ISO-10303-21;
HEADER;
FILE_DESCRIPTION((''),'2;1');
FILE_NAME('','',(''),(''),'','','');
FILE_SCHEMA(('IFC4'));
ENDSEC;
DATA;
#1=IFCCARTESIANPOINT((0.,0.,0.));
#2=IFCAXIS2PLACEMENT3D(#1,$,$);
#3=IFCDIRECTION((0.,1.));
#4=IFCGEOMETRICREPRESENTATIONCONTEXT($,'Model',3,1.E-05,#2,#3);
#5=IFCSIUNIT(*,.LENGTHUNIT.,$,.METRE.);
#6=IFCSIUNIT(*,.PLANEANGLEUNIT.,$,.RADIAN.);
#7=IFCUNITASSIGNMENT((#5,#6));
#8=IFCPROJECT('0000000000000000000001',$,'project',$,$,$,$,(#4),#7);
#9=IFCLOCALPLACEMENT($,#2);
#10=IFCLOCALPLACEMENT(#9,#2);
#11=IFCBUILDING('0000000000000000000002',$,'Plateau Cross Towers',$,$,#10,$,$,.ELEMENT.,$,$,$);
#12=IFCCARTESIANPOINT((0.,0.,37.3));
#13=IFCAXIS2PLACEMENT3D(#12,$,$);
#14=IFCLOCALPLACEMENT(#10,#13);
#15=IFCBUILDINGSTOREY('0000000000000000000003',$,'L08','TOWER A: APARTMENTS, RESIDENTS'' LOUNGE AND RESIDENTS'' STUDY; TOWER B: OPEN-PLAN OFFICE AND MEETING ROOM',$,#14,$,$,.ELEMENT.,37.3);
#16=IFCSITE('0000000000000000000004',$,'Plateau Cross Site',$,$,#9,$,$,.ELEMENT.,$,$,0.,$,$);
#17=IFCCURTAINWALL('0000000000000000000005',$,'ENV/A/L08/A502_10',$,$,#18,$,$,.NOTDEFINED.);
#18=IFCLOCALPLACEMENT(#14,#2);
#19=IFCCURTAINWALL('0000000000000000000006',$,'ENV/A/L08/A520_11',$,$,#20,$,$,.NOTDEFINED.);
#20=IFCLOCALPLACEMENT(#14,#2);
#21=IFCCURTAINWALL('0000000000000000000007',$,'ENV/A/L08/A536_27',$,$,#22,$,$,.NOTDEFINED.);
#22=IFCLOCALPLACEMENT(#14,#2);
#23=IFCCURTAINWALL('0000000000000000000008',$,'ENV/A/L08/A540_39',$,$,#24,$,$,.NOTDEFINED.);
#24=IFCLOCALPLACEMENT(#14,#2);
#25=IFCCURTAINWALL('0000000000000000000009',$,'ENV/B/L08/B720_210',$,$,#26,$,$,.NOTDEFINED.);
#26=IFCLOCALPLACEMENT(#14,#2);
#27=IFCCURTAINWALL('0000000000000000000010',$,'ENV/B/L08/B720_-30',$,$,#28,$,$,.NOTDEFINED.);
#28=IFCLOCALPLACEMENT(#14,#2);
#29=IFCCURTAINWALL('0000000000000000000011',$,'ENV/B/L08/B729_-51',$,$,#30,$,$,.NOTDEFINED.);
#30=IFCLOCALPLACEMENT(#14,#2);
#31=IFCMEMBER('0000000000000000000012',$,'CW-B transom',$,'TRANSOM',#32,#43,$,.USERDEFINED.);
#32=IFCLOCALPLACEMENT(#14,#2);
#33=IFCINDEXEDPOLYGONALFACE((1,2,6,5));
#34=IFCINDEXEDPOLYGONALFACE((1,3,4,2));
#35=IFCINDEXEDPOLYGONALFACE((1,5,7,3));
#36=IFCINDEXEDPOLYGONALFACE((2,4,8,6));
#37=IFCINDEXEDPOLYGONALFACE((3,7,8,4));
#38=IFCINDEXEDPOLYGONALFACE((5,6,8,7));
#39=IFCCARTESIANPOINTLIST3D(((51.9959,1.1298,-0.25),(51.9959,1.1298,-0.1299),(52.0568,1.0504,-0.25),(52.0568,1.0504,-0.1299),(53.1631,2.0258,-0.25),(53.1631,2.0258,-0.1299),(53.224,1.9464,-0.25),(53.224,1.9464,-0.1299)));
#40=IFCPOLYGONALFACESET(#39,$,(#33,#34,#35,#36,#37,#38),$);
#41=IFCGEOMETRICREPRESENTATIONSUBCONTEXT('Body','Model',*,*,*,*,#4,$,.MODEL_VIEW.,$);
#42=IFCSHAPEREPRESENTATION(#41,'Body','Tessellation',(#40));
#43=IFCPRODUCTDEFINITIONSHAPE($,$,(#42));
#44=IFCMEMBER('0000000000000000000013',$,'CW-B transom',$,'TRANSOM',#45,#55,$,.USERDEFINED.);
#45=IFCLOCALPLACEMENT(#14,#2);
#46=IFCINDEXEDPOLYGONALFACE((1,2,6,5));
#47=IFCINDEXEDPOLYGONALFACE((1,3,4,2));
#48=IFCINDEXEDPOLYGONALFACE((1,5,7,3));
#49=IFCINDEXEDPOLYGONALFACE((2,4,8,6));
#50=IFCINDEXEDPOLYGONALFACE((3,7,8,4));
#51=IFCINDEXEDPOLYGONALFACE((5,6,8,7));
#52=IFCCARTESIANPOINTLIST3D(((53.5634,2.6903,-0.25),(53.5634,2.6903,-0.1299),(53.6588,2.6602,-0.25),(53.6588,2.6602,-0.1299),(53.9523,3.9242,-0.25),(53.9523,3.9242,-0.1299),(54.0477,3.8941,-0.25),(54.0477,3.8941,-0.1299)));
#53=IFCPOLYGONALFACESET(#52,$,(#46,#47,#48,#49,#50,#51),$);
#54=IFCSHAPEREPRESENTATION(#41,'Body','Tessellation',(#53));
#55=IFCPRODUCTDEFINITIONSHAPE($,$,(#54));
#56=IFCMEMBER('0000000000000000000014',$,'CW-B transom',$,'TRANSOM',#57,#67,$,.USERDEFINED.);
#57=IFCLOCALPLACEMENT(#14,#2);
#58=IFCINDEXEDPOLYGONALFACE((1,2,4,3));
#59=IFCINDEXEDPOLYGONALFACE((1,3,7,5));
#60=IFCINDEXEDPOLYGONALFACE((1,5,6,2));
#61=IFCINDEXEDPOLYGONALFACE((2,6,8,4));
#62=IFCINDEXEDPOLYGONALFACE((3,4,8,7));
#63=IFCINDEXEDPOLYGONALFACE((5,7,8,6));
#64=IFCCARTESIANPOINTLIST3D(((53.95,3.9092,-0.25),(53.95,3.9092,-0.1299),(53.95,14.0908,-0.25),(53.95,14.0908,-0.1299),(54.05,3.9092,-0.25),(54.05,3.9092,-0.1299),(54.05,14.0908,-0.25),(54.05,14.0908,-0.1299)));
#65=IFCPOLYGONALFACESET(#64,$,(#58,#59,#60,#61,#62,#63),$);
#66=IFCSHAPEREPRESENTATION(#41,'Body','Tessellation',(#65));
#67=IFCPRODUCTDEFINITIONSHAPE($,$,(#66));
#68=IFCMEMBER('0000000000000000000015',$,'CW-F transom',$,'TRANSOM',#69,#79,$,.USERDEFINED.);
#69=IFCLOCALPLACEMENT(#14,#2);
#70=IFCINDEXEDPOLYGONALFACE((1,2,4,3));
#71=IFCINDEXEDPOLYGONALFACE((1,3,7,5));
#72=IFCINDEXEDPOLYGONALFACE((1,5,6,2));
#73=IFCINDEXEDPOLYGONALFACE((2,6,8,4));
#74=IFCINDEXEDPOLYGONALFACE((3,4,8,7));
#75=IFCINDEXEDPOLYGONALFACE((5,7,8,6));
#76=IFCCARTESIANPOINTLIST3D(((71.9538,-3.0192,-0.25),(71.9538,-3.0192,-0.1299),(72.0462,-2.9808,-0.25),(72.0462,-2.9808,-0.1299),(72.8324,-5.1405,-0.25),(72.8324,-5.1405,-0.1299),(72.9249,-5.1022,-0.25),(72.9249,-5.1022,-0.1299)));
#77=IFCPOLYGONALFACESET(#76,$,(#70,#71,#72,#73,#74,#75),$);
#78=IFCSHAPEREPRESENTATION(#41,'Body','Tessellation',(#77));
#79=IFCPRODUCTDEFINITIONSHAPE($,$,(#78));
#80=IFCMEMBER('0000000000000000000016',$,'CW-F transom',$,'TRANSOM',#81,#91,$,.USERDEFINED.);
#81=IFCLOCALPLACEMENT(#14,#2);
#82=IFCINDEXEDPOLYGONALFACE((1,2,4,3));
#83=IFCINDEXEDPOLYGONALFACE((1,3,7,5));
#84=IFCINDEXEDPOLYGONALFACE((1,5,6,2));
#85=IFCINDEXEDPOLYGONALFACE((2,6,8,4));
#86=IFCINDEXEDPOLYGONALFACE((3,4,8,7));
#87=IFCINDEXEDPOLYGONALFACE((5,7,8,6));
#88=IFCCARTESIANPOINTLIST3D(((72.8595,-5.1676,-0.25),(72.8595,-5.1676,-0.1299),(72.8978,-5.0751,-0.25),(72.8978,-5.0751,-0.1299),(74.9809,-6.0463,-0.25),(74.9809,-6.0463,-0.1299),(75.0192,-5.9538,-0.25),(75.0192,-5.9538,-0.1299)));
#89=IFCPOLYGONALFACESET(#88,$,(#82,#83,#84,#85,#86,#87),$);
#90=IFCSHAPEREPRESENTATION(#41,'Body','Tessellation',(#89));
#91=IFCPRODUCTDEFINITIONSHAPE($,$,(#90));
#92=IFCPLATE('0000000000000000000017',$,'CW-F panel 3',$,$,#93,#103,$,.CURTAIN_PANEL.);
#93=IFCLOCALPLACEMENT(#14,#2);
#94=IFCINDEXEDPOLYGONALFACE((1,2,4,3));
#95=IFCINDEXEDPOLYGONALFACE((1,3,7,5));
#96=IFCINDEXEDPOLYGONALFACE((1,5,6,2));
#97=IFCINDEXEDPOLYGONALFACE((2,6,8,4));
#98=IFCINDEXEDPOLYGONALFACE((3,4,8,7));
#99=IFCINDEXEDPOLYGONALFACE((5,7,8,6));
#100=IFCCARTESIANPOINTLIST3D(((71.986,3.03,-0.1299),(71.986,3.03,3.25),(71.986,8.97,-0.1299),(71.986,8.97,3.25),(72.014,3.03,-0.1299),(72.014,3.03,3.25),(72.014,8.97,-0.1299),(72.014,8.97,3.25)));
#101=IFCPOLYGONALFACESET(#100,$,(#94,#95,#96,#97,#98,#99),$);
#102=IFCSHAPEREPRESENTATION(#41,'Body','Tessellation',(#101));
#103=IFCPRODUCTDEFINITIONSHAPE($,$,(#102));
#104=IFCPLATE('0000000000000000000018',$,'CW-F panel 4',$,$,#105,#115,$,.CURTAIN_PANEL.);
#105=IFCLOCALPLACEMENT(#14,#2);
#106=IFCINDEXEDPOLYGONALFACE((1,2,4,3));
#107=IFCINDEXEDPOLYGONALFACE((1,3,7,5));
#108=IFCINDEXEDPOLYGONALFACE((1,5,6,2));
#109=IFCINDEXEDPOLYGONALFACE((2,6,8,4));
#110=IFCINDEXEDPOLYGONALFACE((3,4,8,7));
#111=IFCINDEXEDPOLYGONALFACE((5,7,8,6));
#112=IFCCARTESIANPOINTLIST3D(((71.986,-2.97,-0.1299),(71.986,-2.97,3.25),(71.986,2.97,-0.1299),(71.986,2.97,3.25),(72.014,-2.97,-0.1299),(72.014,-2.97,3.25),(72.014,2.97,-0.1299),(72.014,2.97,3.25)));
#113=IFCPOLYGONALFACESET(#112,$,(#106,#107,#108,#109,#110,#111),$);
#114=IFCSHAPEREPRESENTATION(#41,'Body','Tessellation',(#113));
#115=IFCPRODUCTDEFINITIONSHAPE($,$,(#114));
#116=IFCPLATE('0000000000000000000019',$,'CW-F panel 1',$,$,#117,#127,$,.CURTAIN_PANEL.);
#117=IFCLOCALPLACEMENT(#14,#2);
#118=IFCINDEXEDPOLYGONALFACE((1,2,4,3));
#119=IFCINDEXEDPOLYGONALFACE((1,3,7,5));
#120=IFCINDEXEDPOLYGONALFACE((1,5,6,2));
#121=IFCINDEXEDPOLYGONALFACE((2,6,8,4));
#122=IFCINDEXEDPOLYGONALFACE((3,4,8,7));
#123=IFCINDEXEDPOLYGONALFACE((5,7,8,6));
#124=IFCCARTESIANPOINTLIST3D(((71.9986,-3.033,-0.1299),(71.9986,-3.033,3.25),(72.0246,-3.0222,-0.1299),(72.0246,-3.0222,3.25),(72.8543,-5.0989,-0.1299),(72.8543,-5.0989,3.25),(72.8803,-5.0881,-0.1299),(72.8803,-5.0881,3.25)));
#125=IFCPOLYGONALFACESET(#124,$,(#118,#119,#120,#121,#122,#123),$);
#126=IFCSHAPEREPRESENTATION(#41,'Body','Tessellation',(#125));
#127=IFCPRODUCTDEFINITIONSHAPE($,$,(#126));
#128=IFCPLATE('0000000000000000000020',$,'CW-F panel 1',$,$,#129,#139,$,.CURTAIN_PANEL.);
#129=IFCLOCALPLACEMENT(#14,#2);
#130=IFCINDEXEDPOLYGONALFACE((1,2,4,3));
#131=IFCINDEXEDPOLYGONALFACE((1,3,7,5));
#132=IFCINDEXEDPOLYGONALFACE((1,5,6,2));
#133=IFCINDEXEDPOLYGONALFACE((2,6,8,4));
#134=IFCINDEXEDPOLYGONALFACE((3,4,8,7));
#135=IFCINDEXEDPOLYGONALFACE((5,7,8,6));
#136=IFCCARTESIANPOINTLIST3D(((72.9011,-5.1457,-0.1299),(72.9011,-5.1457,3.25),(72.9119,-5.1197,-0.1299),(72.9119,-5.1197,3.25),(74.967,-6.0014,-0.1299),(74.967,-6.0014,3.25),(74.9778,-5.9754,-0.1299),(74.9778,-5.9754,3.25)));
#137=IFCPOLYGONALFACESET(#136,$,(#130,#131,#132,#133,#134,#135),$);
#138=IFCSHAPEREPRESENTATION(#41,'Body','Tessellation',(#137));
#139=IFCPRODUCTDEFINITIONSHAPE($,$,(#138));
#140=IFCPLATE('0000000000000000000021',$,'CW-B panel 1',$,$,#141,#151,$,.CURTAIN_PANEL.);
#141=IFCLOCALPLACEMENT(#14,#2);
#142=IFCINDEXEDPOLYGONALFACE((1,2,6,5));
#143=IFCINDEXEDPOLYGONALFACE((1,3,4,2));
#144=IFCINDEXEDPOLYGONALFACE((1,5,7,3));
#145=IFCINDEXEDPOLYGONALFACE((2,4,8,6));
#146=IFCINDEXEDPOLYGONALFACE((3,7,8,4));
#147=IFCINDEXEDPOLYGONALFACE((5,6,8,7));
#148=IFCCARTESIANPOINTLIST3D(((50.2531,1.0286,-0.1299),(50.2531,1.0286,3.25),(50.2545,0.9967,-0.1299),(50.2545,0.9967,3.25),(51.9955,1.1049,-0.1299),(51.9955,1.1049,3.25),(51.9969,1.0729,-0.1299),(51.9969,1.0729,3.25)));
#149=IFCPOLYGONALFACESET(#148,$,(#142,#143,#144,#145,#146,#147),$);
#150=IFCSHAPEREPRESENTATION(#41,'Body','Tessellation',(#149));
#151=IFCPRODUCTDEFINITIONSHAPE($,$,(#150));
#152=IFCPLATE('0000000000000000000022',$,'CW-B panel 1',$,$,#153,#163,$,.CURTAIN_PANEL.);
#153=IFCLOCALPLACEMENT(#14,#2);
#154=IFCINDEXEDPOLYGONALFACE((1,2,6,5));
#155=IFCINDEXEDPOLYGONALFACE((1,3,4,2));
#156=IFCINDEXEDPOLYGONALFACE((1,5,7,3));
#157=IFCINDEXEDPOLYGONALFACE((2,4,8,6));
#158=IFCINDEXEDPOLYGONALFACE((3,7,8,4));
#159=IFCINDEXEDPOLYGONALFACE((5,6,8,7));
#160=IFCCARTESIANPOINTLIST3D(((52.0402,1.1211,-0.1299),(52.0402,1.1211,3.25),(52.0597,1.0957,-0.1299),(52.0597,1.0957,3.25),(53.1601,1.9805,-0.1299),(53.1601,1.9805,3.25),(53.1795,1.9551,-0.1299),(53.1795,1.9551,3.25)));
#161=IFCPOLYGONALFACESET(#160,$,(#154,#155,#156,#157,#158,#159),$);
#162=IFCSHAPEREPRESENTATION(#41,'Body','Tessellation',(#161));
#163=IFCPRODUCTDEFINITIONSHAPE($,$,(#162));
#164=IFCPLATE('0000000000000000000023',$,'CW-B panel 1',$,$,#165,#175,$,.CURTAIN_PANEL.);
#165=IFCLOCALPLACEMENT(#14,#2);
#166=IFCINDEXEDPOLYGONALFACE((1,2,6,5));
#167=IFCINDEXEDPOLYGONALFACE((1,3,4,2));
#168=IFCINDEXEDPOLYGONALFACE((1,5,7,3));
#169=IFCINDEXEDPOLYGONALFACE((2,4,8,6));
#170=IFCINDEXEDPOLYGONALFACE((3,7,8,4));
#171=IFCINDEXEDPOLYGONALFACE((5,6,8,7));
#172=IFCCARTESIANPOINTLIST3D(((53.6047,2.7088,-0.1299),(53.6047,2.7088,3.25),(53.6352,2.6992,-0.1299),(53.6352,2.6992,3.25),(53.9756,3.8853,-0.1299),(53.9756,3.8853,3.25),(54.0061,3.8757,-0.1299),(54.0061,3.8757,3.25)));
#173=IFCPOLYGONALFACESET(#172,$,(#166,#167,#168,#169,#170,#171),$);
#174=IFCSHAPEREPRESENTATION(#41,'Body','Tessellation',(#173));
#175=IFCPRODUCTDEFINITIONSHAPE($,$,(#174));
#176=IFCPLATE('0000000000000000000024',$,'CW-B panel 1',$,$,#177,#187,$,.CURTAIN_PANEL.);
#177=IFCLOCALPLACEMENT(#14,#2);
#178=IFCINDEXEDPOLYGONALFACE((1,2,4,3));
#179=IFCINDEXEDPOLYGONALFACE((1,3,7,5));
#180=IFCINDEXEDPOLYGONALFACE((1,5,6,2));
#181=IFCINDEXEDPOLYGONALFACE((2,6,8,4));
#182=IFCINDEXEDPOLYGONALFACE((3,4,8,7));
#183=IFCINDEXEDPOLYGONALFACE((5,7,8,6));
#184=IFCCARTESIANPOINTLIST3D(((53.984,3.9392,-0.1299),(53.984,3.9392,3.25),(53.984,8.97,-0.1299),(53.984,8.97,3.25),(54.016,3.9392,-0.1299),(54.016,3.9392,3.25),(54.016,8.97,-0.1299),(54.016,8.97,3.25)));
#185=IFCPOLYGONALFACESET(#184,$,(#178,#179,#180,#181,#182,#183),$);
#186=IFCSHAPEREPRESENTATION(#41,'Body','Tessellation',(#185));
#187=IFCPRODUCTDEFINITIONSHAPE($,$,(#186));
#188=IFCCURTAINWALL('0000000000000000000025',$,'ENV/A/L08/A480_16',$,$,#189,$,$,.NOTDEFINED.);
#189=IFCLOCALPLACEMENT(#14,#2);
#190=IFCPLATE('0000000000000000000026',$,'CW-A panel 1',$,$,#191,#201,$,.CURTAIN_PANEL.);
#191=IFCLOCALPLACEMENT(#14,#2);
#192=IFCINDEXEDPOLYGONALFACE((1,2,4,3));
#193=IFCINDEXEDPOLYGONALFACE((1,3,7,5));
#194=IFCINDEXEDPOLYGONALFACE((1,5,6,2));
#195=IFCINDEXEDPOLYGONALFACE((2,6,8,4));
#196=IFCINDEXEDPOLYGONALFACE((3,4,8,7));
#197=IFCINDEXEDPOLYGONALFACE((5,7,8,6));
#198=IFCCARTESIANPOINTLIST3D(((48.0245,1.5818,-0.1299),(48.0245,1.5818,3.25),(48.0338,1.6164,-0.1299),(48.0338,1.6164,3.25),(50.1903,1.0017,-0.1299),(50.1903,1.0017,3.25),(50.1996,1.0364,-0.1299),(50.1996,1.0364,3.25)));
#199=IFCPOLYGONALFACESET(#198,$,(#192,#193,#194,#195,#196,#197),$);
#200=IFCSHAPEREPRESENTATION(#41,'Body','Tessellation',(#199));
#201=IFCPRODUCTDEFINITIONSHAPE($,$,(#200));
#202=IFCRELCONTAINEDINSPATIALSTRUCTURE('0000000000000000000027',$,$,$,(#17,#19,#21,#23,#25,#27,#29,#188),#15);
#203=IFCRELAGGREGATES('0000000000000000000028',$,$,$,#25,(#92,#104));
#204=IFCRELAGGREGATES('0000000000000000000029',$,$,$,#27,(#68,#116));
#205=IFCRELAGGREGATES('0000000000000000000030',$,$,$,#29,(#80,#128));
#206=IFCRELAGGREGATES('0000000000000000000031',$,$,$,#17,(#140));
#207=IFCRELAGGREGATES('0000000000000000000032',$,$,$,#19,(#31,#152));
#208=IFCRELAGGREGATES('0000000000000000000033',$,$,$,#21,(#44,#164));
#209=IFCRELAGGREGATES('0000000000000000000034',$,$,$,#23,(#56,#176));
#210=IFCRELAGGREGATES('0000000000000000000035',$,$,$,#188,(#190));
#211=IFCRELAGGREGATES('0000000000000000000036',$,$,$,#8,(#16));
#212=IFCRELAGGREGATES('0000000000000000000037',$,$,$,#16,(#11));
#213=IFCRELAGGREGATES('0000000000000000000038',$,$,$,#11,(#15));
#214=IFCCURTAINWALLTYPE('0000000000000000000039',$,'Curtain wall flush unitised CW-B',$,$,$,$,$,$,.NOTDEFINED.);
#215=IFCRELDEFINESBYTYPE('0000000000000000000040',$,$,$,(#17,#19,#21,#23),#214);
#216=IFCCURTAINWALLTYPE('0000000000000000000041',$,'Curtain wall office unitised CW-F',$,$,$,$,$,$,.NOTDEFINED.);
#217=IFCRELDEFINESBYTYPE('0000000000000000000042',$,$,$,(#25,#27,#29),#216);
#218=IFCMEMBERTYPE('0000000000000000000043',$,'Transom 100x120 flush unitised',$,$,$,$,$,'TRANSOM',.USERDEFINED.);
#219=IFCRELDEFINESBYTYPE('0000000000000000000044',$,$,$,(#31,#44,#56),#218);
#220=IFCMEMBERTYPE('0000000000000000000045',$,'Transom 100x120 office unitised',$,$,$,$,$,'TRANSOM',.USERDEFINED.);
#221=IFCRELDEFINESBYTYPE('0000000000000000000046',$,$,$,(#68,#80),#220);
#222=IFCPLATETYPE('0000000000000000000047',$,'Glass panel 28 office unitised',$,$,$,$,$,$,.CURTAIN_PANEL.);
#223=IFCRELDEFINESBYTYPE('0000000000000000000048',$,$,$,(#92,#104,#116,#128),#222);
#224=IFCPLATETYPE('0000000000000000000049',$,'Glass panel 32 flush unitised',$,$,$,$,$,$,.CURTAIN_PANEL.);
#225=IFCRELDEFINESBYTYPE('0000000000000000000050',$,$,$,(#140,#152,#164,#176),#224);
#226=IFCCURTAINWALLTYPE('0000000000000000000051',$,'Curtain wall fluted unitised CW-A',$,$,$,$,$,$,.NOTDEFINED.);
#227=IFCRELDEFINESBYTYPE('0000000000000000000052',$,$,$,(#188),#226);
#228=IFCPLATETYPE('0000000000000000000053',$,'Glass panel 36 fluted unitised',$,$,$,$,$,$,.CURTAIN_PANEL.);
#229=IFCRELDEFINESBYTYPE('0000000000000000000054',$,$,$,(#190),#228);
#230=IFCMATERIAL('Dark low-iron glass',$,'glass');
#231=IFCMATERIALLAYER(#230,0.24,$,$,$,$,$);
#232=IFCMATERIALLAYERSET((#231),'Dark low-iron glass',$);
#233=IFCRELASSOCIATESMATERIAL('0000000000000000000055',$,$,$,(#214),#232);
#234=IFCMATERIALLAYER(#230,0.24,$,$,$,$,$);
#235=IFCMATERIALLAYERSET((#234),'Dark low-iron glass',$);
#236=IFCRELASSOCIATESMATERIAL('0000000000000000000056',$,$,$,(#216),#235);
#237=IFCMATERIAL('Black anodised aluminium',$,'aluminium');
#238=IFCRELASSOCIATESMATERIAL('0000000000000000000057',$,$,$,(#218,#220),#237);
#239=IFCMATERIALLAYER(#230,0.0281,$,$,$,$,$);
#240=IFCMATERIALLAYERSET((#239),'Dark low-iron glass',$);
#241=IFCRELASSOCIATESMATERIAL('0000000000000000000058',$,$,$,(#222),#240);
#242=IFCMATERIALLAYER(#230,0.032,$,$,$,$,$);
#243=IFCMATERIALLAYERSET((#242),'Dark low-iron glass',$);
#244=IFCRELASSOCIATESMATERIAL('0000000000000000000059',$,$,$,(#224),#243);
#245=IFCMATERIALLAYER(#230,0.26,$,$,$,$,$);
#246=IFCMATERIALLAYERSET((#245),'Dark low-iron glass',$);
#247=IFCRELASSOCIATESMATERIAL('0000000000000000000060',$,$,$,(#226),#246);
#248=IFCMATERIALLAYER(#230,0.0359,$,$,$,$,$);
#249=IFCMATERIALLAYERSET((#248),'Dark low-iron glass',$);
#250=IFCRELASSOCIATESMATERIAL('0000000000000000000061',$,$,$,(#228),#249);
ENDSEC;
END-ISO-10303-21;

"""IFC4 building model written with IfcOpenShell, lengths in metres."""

from ifc_helpers import new_model, si_unit, direction, frame, origin, origin_2d, place, context, subcontext, project, spatial, rectangle, extrude, material, layer, layer_set, material_profile, profile_set, type_object, element, aggregate, save


model = new_model("IFC4")

# Units and contexts
model_context = context("Model", 3, precision=1e-05, world=origin(), true_north=direction((0.0, 1.0)))
body_context = subcontext(model_context, "Body", "Model", "MODEL_VIEW")
ifc_project = project(units=[si_unit("LENGTHUNIT", "METRE"), si_unit("PLANEANGLEUNIT", "RADIAN")], contexts=[model_context])

# Site, building, storey
site_placement = place(None, origin())
site = spatial("IfcSite", under=ifc_project, at=site_placement, Name="Plateau Cross Site", CompositionType="ELEMENT", RefElevation=0.0)
building_placement = place(site_placement, origin())
building = spatial("IfcBuilding", under=site, at=building_placement, Name="Plateau Cross Towers", CompositionType="ELEMENT")
storey_placement = place(building_placement, frame((0.0, 0.0, 37.3)))
storey = spatial("IfcBuildingStorey", under=building, at=storey_placement, Name="L08", Description="TOWER A: APARTMENTS, RESIDENTS' LOUNGE AND RESIDENTS' STUDY; TOWER B: OPEN-PLAN OFFICE AND MEETING ROOM", CompositionType="ELEMENT", Elevation=37.3)

# Curtain wall
ifc_material_1 = material(Name="Dark low-iron glass", Category="glass")
ifc_layer_1 = layer(ifc_material_1, 0.24)
ifc_layer_set_1 = layer_set([ifc_layer_1], Name="Dark low-iron glass")
curtain_wall_type_1 = type_object("IfcCurtainWallType", Name="Curtain wall flush unitised CW-B", PredefinedType="NOTDEFINED", material=ifc_layer_set_1)
curtain_wall_1_placement = place(storey_placement, origin())
curtain_wall_1 = element("IfcCurtainWall", 1, at=curtain_wall_1_placement, inside=storey, type_object=curtain_wall_type_1, Name="ENV/A/L08/A502_10", PredefinedType="NOTDEFINED")
ifc_material_2 = material(Name="Black anodised aluminium", Category="aluminium")

# Curtain wall
curtain_wall_2_placement = place(storey_placement, origin())
curtain_wall_2 = element("IfcCurtainWall", 2, at=curtain_wall_2_placement, inside=storey, type_object=curtain_wall_type_1, Name="ENV/A/L08/A520_11", PredefinedType="NOTDEFINED")

# Curtain wall
curtain_wall_3_placement = place(storey_placement, origin())
curtain_wall_3 = element("IfcCurtainWall", 3, at=curtain_wall_3_placement, inside=storey, type_object=curtain_wall_type_1, Name="ENV/A/L08/A536_27", PredefinedType="NOTDEFINED")

# Curtain wall
curtain_wall_4_placement = place(storey_placement, origin())
curtain_wall_4 = element("IfcCurtainWall", 4, at=curtain_wall_4_placement, inside=storey, type_object=curtain_wall_type_1, Name="ENV/A/L08/A540_39", PredefinedType="NOTDEFINED")

# Curtain walls
ifc_layer_2 = layer(ifc_material_1, 0.24)
ifc_layer_set_2 = layer_set([ifc_layer_2], Name="Dark low-iron glass")
curtain_wall_type_2 = type_object("IfcCurtainWallType", Name="Curtain wall office unitised CW-F", PredefinedType="NOTDEFINED", material=ifc_layer_set_2)
curtain_wall_5_placement = place(storey_placement, origin())
curtain_wall_5 = element("IfcCurtainWall", 5, at=curtain_wall_5_placement, inside=storey, type_object=curtain_wall_type_2, Name="ENV/B/L08/B720_210", PredefinedType="NOTDEFINED")
curtain_wall_6_placement = place(storey_placement, origin())
curtain_wall_6 = element("IfcCurtainWall", 6, at=curtain_wall_6_placement, inside=storey, type_object=curtain_wall_type_2, Name="ENV/B/L08/B720_-30", PredefinedType="NOTDEFINED")
curtain_wall_7_placement = place(storey_placement, origin())
curtain_wall_7 = element("IfcCurtainWall", 7, at=curtain_wall_7_placement, inside=storey, type_object=curtain_wall_type_2, Name="ENV/B/L08/B729_-51", PredefinedType="NOTDEFINED")

# Members
ifc_material_profile_1 = material_profile(ifc_material_2, rectangle(XDim=0.1001, YDim=0.1201, at=origin_2d()), Name="TRANSOM 100x120")
ifc_profile_set_1 = profile_set([ifc_material_profile_1], Name="Black anodised aluminium")
member_type_1 = type_object("IfcMemberType", Name="Transom 100x120 flush unitised", ElementType="TRANSOM", PredefinedType="USERDEFINED", material=ifc_profile_set_1)
member_1_placement = place(storey_placement, frame((52.0264, 1.0901, -0.1899), z_axis=(0.79324, 0.608909, 0.0), x_axis=(-0.608909, 0.79324, 0.0)))
member_1 = element("IfcMember", 8, at=member_1_placement, type_object=member_type_1, Name="CW-B transom", ObjectType="TRANSOM", PredefinedType="USERDEFINED", context=body_context, shape_type="SweptSolid", body=[
    extrude(rectangle(XDim=0.1001, YDim=0.1201, at=origin_2d()), origin(), (0.0, 0.0, 1.0), 1.4714),
])
member_2_placement = place(storey_placement, frame((53.6111, 2.6753, -0.1899), z_axis=(0.300617, 0.953745, 0.0), x_axis=(-0.953745, 0.300617, 0.0)))
member_2 = element("IfcMember", 9, at=member_2_placement, type_object=member_type_1, Name="CW-B transom", ObjectType="TRANSOM", PredefinedType="USERDEFINED", context=body_context, shape_type="SweptSolid", body=[
    extrude(rectangle(XDim=0.1001, YDim=0.1201, at=origin_2d()), origin(), (0.0, 0.0, 1.0), 1.2937),
])
member_3_placement = place(storey_placement, frame((54.0, 3.9092, -0.1899), z_axis=(0.0, 1.0, 0.0), x_axis=(-1.0, 0.0, 0.0)))
member_3 = element("IfcMember", 10, at=member_3_placement, type_object=member_type_1, Name="CW-B transom", ObjectType="TRANSOM", PredefinedType="USERDEFINED", context=body_context, shape_type="SweptSolid", body=[
    extrude(rectangle(XDim=0.1001, YDim=0.1201, at=origin_2d()), origin(), (0.0, 0.0, 1.0), 10.1816),
])
ifc_material_profile_2 = material_profile(ifc_material_2, rectangle(XDim=0.1001, YDim=0.1201, at=origin_2d()), Name="TRANSOM 100x120")
ifc_profile_set_2 = profile_set([ifc_material_profile_2], Name="Black anodised aluminium")
member_type_2 = type_object("IfcMemberType", Name="Transom 100x120 office unitised", ElementType="TRANSOM", PredefinedType="USERDEFINED", material=ifc_profile_set_2)
member_4_placement = place(storey_placement, frame((72.0, -3.0, -0.1899), z_axis=(0.382674, -0.923883, 0.0), x_axis=(0.923883, 0.382674, 0.0)))
member_4 = element("IfcMember", 11, at=member_4_placement, type_object=member_type_2, Name="CW-F transom", ObjectType="TRANSOM", PredefinedType="USERDEFINED", context=body_context, shape_type="SweptSolid", body=[
    extrude(rectangle(XDim=0.1001, YDim=0.1201, at=origin_2d()), origin(), (0.0, 0.0, 1.0), 2.2961),
])
member_5_placement = place(storey_placement, frame((72.8787, -5.1213, -0.1899), z_axis=(0.923883, -0.382674, 0.0), x_axis=(0.382674, 0.923883, 0.0)))
member_5 = element("IfcMember", 12, at=member_5_placement, type_object=member_type_2, Name="CW-F transom", ObjectType="TRANSOM", PredefinedType="USERDEFINED", context=body_context, shape_type="SweptSolid", body=[
    extrude(rectangle(XDim=0.1001, YDim=0.1201, at=origin_2d()), origin(), (0.0, 0.0, 1.0), 2.2961),
])

# Plates
ifc_layer_3 = layer(ifc_material_1, 0.0281)
ifc_layer_set_3 = layer_set([ifc_layer_3], Name="Dark low-iron glass")
plate_type_1 = type_object("IfcPlateType", Name="Glass panel 28 office unitised", PredefinedType="CURTAIN_PANEL", material=ifc_layer_set_3)
plate_1_placement = place(storey_placement, frame((72.0, 6.0, -0.1299), z_axis=(0.0, 0.0, 1.0), x_axis=(0.0, -1.0, 0.0)))
plate_1 = element("IfcPlate", 13, at=plate_1_placement, type_object=plate_type_1, Name="CW-F panel 3", PredefinedType="CURTAIN_PANEL", context=body_context, shape_type="SweptSolid", body=[
    extrude(rectangle(XDim=5.9399, YDim=0.0281, at=origin_2d()), origin(), (0.0, 0.0, 1.0), 3.3799),
])
plate_2_placement = place(storey_placement, frame((72.0, 0.0, -0.1299), z_axis=(0.0, 0.0, 1.0), x_axis=(0.0, -1.0, 0.0)))
plate_2 = element("IfcPlate", 14, at=plate_2_placement, type_object=plate_type_1, Name="CW-F panel 4", PredefinedType="CURTAIN_PANEL", context=body_context, shape_type="SweptSolid", body=[
    extrude(rectangle(XDim=5.9399, YDim=0.0281, at=origin_2d()), origin(), (0.0, 0.0, 1.0), 3.3799),
])
aggregate(curtain_wall_5, [plate_1, plate_2])
plate_3_placement = place(storey_placement, frame((72.4395, -4.0605, -0.1299), z_axis=(0.0, 0.0, 1.0), x_axis=(0.382684, -0.923879, 0.0)))
plate_3 = element("IfcPlate", 15, at=plate_3_placement, type_object=plate_type_1, Name="CW-F panel 1", PredefinedType="CURTAIN_PANEL", context=body_context, shape_type="SweptSolid", body=[
    extrude(rectangle(XDim=2.2361, YDim=0.0281, at=origin_2d()), origin(), (0.0, 0.0, 1.0), 3.3799),
])
aggregate(curtain_wall_6, [member_4, plate_3])
plate_4_placement = place(storey_placement, frame((73.9395, -5.5605, -0.1299), z_axis=(0.0, 0.0, 1.0), x_axis=(0.923879, -0.382684, 0.0)))
plate_4 = element("IfcPlate", 16, at=plate_4_placement, type_object=plate_type_1, Name="CW-F panel 1", PredefinedType="CURTAIN_PANEL", context=body_context, shape_type="SweptSolid", body=[
    extrude(rectangle(XDim=2.2361, YDim=0.0281, at=origin_2d()), origin(), (0.0, 0.0, 1.0), 3.3799),
])
aggregate(curtain_wall_7, [member_5, plate_4])
ifc_layer_4 = layer(ifc_material_1, 0.032)
ifc_layer_set_4 = layer_set([ifc_layer_4], Name="Dark low-iron glass")
plate_type_2 = type_object("IfcPlateType", Name="Glass panel 32 flush unitised", PredefinedType="CURTAIN_PANEL", material=ifc_layer_set_4)
plate_5_placement = place(storey_placement, frame((51.125, 1.0508, -0.1299), z_axis=(0.0, 0.0, 1.0), x_axis=(0.999044, 0.043723, 0.0)))
plate_5 = element("IfcPlate", 17, at=plate_5_placement, type_object=plate_type_2, Name="CW-B panel 1", PredefinedType="CURTAIN_PANEL", context=body_context, shape_type="SweptSolid", body=[
    extrude(rectangle(XDim=1.7441, YDim=0.032, at=origin_2d()), origin(), (0.0, 0.0, 1.0), 3.3799),
])
aggregate(curtain_wall_1, [plate_5])
plate_6_placement = place(storey_placement, frame((52.6099, 1.5381, -0.1299), z_axis=(0.0, 0.0, 1.0), x_axis=(0.793316, 0.608811, 0.0)))
plate_6 = element("IfcPlate", 18, at=plate_6_placement, type_object=plate_type_2, Name="CW-B panel 1", PredefinedType="CURTAIN_PANEL", context=body_context, shape_type="SweptSolid", body=[
    extrude(rectangle(XDim=1.4116, YDim=0.032, at=origin_2d()), origin(), (0.0, 0.0, 1.0), 3.3799),
])
aggregate(curtain_wall_2, [member_1, plate_6])
plate_7_placement = place(storey_placement, frame((53.8054, 3.2922, -0.1299), z_axis=(0.0, 0.0, 1.0), x_axis=(0.300686, 0.953723, 0.0)))
plate_7 = element("IfcPlate", 19, at=plate_7_placement, type_object=plate_type_2, Name="CW-B panel 1", PredefinedType="CURTAIN_PANEL", context=body_context, shape_type="SweptSolid", body=[
    extrude(rectangle(XDim=1.2336, YDim=0.032, at=origin_2d()), origin(), (0.0, 0.0, 1.0), 3.3799),
])
aggregate(curtain_wall_3, [member_2, plate_7])
plate_8_placement = place(storey_placement, frame((54.0, 6.4546, -0.1299), z_axis=(0.0, 0.0, 1.0), x_axis=(0.0, 1.0, 0.0)))
plate_8 = element("IfcPlate", 20, at=plate_8_placement, type_object=plate_type_2, Name="CW-B panel 1", PredefinedType="CURTAIN_PANEL", context=body_context, shape_type="SweptSolid", body=[
    extrude(rectangle(XDim=5.0308, YDim=0.032, at=origin_2d()), origin(), (0.0, 0.0, 1.0), 3.3799),
])
aggregate(curtain_wall_4, [member_3, plate_8])

# Curtain wall, plate
ifc_layer_5 = layer(ifc_material_1, 0.26)
ifc_layer_set_5 = layer_set([ifc_layer_5], Name="Dark low-iron glass")
curtain_wall_type_3 = type_object("IfcCurtainWallType", Name="Curtain wall fluted unitised CW-A", PredefinedType="NOTDEFINED", material=ifc_layer_set_5)
curtain_wall_8_placement = place(storey_placement, origin())
curtain_wall_8 = element("IfcCurtainWall", 21, at=curtain_wall_8_placement, inside=storey, type_object=curtain_wall_type_3, Name="ENV/A/L08/A480_16", PredefinedType="NOTDEFINED")
ifc_layer_6 = layer(ifc_material_1, 0.0359)
ifc_layer_set_6 = layer_set([ifc_layer_6], Name="Dark low-iron glass")
plate_type_3 = type_object("IfcPlateType", Name="Glass panel 36 fluted unitised", PredefinedType="CURTAIN_PANEL", material=ifc_layer_set_6)
plate_9_placement = place(storey_placement, frame((49.1121, 1.3091, -0.1299), z_axis=(0.0, 0.0, 1.0), x_axis=(0.965958, -0.258699, 0.0)))
plate_9 = element("IfcPlate", 22, at=plate_9_placement, type_object=plate_type_3, Name="CW-A panel 1", PredefinedType="CURTAIN_PANEL", context=body_context, shape_type="SweptSolid", body=[
    extrude(rectangle(XDim=2.2422, YDim=0.0359, at=origin_2d()), origin(), (0.0, 0.0, 1.0), 3.3799),
])
aggregate(curtain_wall_8, [plate_9])

save(model, "model.ifc")
